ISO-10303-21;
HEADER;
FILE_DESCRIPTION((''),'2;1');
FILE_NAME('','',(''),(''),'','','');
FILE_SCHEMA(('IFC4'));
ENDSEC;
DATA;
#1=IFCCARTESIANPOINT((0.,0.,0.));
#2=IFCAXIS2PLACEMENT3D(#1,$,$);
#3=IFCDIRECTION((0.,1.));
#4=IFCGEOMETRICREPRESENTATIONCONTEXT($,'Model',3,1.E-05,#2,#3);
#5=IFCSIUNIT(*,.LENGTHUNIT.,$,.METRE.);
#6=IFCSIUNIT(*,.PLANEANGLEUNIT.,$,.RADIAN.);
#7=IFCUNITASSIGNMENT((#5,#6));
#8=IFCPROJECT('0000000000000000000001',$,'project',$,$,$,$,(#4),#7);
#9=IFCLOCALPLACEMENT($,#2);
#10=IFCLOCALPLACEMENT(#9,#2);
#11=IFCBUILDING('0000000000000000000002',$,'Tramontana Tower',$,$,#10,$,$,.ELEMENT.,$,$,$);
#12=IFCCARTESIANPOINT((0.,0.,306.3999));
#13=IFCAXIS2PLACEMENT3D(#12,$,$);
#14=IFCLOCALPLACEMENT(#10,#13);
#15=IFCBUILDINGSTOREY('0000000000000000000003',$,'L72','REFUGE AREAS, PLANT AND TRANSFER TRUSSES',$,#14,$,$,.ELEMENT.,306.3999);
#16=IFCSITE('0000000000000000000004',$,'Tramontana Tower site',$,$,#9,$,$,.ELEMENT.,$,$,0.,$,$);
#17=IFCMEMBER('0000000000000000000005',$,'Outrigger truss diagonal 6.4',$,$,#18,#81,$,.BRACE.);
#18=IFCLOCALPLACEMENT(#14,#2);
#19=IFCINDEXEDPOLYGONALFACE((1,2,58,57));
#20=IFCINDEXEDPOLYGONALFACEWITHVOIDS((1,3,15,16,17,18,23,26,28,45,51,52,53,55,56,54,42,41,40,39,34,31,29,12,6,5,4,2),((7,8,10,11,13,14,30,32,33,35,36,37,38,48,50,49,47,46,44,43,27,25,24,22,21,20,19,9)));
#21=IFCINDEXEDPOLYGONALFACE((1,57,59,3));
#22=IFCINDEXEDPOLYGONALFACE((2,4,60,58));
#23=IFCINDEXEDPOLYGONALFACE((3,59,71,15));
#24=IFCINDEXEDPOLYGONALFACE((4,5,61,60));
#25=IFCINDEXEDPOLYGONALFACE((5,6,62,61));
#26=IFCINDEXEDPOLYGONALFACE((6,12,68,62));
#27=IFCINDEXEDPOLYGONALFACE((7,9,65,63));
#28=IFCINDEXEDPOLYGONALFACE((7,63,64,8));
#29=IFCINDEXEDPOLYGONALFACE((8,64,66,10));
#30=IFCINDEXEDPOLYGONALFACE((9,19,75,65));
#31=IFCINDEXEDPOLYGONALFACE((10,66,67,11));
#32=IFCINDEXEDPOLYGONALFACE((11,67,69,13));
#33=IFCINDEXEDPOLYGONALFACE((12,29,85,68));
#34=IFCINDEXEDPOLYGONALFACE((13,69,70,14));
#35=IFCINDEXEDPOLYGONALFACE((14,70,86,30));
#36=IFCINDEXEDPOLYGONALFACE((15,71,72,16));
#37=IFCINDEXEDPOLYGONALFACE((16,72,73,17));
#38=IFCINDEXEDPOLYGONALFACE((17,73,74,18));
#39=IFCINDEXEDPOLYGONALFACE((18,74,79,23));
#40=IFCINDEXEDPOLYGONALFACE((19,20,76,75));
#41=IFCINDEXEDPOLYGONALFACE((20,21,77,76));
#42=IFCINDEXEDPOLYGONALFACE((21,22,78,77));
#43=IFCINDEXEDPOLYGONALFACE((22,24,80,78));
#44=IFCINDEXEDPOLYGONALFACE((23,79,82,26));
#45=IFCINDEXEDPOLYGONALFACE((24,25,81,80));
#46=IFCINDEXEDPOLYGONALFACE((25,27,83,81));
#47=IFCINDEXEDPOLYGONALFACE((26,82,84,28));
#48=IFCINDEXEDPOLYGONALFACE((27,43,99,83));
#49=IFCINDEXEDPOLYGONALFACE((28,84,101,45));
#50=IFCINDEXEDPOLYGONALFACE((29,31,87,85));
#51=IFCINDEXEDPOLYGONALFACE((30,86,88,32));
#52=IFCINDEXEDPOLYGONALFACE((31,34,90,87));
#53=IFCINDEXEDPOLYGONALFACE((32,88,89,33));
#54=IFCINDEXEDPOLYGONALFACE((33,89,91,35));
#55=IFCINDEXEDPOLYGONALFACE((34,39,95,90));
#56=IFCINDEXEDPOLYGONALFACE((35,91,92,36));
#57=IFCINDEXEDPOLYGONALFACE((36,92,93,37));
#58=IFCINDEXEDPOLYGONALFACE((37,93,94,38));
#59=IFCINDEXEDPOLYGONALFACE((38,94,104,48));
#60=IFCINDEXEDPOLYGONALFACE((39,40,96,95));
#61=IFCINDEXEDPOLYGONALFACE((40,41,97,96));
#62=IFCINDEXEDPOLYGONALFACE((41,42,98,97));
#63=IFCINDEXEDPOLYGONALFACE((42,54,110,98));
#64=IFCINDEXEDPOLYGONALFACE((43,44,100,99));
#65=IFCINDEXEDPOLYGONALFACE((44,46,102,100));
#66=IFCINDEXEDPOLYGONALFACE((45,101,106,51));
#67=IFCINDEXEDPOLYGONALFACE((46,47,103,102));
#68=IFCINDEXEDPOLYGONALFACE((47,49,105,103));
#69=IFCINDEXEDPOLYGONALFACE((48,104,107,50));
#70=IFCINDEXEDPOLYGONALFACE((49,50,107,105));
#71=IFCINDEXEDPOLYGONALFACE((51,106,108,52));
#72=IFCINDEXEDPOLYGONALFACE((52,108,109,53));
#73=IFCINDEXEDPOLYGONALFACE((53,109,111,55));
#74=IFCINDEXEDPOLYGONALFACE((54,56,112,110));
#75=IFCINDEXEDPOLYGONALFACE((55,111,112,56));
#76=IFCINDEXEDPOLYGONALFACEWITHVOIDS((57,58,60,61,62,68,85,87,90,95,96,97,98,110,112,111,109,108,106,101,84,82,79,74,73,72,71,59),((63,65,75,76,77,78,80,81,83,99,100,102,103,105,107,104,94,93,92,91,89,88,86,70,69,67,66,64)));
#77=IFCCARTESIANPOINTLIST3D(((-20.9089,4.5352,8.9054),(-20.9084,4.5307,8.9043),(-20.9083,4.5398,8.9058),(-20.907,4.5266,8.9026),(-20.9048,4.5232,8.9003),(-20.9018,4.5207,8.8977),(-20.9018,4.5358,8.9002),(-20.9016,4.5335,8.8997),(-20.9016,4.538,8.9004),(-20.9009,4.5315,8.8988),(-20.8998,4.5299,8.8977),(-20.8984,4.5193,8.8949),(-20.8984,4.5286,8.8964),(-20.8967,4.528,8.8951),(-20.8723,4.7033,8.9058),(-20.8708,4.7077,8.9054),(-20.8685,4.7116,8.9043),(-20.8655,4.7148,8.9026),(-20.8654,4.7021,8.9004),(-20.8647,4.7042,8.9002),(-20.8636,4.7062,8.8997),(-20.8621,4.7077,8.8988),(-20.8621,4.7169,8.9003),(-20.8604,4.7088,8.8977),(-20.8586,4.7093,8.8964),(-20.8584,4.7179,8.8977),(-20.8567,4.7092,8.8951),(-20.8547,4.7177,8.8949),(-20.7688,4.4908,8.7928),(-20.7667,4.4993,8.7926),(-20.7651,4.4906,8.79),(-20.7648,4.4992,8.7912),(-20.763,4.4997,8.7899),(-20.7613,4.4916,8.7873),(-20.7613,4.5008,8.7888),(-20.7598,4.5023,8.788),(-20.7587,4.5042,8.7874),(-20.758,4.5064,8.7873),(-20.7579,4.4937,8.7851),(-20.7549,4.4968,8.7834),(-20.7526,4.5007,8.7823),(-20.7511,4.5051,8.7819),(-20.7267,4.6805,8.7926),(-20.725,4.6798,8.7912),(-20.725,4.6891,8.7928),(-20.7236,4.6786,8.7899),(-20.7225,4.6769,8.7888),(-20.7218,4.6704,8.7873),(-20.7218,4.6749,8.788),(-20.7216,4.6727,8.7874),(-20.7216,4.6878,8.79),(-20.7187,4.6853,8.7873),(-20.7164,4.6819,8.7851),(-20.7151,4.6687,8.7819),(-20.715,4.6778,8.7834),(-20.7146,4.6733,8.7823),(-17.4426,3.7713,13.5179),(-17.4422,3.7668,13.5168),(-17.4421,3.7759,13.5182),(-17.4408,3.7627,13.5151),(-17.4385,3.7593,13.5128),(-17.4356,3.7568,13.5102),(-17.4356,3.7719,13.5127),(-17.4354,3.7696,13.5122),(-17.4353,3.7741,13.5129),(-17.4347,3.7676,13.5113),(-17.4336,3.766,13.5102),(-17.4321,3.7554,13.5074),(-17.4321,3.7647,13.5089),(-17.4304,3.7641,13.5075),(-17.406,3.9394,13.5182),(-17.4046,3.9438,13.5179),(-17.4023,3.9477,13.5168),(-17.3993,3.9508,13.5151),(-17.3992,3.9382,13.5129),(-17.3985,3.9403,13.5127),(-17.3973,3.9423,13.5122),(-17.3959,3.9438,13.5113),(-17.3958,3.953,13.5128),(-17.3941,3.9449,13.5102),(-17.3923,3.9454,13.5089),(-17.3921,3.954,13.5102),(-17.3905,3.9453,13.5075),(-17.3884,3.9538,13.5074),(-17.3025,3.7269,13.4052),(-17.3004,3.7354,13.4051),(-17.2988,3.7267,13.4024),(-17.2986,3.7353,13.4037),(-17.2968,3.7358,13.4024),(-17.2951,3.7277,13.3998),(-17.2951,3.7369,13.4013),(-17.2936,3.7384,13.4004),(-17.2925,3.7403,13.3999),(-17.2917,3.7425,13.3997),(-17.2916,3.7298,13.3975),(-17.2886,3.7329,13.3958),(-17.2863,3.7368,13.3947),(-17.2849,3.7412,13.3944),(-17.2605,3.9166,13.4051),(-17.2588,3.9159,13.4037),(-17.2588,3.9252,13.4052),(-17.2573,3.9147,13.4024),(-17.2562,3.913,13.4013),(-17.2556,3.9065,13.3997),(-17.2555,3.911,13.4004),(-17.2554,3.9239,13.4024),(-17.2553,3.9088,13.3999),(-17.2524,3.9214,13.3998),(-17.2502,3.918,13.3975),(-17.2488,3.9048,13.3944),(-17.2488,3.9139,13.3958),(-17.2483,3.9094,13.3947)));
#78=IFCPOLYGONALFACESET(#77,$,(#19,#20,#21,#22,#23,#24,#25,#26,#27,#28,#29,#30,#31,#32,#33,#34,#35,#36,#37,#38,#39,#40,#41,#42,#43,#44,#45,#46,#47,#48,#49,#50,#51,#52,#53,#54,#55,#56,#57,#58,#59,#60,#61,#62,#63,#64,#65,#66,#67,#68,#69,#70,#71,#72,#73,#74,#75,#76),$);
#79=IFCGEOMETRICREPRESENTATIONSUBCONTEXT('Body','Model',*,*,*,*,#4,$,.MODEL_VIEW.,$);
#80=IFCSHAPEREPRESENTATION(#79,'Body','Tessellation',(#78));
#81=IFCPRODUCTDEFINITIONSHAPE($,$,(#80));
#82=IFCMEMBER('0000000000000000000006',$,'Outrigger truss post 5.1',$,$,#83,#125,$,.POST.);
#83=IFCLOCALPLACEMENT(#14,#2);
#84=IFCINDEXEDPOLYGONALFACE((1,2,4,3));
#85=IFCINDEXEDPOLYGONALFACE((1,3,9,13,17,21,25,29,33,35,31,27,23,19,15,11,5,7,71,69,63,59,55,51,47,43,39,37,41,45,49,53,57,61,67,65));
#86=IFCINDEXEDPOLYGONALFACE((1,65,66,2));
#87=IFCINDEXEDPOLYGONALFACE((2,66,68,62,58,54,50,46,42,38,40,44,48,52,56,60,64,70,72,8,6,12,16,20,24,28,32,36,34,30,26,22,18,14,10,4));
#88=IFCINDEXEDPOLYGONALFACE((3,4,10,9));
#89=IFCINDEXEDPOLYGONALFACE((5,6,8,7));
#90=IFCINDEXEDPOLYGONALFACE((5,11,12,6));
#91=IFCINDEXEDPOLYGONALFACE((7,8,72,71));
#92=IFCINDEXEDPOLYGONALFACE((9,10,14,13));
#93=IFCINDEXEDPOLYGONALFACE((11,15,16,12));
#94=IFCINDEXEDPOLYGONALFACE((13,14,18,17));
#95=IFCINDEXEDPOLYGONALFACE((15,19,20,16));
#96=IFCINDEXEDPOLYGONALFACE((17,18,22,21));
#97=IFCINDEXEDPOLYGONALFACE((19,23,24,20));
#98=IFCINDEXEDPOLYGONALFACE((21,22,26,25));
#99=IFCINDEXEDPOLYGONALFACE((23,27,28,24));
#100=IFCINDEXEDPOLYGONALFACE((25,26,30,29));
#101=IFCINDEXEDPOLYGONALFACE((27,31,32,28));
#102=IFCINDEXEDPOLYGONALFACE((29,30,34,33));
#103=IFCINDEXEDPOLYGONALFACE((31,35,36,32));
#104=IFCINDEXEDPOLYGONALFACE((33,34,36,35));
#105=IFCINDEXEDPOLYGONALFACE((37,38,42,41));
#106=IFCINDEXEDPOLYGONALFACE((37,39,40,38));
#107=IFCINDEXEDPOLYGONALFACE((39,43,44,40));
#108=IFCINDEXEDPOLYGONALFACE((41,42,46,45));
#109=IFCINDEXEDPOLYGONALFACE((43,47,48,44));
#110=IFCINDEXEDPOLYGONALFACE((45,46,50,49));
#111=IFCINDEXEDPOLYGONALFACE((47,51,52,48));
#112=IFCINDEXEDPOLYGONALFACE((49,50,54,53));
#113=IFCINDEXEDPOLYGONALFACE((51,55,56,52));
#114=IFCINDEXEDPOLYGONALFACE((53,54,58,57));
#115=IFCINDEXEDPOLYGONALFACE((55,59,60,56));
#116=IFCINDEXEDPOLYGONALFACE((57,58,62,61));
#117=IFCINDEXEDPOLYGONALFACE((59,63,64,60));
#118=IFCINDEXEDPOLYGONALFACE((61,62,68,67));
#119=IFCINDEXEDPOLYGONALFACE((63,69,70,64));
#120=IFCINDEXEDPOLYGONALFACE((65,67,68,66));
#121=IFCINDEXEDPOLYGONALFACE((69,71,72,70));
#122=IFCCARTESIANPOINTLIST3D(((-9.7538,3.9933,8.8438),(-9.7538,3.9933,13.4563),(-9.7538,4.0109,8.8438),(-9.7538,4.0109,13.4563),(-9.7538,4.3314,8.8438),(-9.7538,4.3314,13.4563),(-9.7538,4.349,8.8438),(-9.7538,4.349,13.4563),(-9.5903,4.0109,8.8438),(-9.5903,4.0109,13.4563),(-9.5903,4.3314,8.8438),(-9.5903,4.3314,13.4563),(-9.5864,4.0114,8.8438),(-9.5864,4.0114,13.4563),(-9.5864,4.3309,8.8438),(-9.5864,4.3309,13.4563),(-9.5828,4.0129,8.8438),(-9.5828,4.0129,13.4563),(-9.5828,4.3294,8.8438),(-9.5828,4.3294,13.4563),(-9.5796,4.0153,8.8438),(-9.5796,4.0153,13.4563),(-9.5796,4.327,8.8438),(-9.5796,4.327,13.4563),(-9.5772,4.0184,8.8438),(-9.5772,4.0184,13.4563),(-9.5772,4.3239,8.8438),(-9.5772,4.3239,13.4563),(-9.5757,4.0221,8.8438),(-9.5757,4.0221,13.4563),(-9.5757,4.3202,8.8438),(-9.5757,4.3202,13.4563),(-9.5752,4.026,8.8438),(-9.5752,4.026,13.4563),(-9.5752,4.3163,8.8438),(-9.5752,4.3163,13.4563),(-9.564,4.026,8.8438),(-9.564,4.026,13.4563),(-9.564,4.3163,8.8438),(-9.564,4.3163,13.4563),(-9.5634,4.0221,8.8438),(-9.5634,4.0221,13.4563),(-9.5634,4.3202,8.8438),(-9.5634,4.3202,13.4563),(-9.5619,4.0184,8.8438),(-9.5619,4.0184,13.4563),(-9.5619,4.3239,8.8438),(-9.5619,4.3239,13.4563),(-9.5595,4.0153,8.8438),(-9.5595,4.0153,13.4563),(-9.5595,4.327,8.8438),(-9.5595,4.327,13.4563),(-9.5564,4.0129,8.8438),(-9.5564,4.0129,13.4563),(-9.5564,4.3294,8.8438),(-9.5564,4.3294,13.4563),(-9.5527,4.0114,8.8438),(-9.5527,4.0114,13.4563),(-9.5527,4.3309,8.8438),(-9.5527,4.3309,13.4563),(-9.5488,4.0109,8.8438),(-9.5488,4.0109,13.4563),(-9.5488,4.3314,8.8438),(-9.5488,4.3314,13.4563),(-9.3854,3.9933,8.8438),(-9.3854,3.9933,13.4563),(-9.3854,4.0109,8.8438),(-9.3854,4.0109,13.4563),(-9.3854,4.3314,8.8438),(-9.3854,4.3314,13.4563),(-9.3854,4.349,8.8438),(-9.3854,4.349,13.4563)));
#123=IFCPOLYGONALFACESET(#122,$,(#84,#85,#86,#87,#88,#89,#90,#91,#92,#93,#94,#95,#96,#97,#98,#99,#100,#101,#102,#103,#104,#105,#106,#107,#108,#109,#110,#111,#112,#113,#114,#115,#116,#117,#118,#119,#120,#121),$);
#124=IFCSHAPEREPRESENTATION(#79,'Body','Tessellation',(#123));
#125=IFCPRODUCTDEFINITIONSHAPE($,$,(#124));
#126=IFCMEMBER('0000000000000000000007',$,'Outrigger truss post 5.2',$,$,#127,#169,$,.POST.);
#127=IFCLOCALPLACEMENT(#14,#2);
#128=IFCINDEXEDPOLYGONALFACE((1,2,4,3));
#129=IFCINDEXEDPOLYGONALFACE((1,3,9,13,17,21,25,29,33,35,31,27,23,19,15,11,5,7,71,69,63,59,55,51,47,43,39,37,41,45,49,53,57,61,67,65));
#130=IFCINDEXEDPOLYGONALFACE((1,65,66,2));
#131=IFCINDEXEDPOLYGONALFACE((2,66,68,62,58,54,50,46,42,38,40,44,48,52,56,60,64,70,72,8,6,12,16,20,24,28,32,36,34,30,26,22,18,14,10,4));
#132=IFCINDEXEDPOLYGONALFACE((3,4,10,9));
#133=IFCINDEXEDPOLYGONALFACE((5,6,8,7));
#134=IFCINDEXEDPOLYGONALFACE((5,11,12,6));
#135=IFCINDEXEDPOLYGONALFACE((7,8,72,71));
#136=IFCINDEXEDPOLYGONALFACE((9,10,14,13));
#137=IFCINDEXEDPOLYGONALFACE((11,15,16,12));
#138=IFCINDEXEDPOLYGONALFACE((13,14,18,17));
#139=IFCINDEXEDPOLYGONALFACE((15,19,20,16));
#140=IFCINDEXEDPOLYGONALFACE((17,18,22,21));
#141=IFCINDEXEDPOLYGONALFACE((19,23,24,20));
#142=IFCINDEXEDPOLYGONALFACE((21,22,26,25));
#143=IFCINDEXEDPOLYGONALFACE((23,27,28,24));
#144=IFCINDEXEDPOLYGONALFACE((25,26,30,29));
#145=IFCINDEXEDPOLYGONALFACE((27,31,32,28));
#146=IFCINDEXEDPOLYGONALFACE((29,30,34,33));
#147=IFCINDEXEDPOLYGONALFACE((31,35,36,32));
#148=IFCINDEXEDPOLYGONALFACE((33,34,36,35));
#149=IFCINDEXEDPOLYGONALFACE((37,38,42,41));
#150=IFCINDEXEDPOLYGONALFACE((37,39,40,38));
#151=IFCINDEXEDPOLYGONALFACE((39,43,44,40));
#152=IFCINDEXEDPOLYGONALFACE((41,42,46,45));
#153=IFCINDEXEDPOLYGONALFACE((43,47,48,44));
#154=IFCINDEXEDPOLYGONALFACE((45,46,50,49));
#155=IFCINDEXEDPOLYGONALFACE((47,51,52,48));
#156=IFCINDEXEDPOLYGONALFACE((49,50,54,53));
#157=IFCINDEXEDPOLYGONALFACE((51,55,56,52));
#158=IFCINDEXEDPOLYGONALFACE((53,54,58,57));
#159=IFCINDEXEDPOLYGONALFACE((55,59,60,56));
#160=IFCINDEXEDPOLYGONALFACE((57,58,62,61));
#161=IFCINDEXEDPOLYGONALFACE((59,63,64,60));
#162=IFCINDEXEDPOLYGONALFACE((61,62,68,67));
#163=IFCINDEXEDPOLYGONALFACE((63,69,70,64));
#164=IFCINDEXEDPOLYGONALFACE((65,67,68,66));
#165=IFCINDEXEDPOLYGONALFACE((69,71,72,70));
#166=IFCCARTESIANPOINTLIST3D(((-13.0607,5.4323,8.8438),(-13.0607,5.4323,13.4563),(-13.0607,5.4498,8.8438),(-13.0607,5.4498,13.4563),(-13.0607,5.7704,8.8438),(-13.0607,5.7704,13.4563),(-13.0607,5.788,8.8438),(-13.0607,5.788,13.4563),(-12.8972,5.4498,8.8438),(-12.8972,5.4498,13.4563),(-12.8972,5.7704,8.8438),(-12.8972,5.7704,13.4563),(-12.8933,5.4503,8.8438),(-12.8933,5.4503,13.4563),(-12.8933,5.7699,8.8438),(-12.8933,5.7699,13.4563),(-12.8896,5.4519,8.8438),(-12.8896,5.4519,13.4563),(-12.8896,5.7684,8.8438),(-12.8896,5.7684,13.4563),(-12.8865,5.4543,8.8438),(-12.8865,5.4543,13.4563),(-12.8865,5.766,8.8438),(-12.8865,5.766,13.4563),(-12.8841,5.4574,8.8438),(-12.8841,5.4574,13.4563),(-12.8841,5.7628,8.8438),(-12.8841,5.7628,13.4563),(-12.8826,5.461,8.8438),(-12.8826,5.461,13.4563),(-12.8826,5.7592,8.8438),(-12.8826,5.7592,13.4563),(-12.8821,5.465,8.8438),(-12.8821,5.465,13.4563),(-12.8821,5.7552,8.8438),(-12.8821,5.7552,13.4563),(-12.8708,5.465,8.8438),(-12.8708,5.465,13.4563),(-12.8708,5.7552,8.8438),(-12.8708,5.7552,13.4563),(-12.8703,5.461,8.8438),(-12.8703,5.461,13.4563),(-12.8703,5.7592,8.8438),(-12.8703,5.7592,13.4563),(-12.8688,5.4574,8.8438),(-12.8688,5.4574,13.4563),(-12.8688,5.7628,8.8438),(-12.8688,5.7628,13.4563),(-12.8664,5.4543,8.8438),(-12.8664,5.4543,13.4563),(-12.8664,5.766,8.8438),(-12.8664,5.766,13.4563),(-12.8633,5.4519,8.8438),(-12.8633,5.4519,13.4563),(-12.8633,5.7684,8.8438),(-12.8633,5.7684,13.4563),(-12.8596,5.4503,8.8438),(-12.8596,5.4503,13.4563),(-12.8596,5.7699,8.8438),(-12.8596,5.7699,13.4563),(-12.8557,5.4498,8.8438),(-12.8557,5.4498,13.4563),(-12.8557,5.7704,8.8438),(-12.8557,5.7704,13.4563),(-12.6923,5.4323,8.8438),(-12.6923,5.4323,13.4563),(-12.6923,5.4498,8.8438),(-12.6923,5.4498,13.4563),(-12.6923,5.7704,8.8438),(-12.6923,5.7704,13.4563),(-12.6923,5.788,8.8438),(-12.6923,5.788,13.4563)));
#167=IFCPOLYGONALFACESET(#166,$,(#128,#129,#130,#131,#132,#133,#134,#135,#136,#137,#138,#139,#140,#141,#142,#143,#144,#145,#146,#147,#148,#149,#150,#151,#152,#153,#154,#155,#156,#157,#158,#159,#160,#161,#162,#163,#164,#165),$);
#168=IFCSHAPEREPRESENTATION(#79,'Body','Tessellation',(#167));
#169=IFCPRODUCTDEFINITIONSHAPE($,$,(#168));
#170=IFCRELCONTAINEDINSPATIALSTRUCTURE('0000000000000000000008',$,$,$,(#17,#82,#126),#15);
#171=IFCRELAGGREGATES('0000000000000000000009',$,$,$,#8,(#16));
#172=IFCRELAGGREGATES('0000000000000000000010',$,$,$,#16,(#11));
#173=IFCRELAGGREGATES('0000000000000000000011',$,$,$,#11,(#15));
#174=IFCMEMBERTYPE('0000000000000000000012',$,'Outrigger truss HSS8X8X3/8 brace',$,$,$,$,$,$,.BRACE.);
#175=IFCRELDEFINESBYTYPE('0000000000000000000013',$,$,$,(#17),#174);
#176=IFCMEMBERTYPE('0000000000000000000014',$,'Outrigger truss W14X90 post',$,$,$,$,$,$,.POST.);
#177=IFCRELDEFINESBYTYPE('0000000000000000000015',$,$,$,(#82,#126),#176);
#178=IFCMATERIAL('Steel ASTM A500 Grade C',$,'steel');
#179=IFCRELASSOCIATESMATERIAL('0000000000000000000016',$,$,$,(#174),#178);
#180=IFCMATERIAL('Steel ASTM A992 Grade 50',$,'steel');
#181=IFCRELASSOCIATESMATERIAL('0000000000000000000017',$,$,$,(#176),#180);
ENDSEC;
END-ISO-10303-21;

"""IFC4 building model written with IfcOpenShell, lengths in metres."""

from ifc_helpers import new_model, si_unit, direction, frame, origin, origin_2d, place, context, subcontext, project, spatial, hollow_rectangle, i_section, extrude, material, material_profile, profile_set, type_object, element, save


model = new_model("IFC4")

# Units and contexts
model_context = context("Model", 3, precision=1e-05, world=origin(), true_north=direction((0.0, 1.0)))
body_context = subcontext(model_context, "Body", "Model", "MODEL_VIEW")
ifc_project = project(units=[si_unit("LENGTHUNIT", "METRE"), si_unit("PLANEANGLEUNIT", "RADIAN")], contexts=[model_context])

# Site, building, storey
site_placement = place(None, origin())
site = spatial("IfcSite", under=ifc_project, at=site_placement, Name="Tramontana Tower site", CompositionType="ELEMENT", RefElevation=0.0)
building_placement = place(site_placement, origin())
building = spatial("IfcBuilding", under=site, at=building_placement, Name="Tramontana Tower", CompositionType="ELEMENT")
storey_placement = place(building_placement, frame((0.0, 0.0, 306.3999)))
storey = spatial("IfcBuildingStorey", under=building, at=storey_placement, Name="L72", Description="REFUGE AREAS, PLANT AND TRANSFER TRUSSES", CompositionType="ELEMENT", Elevation=306.3999)

# Members
ifc_material_1 = material(Name="Steel ASTM A500 Grade C", Category="steel")
ifc_material_profile_1 = material_profile(ifc_material_1, hollow_rectangle(XDim=0.2031, YDim=0.2031, WallThickness=0.0088, InnerFilletRadius=0.0088, OuterFilletRadius=0.0178, at=origin_2d()), Name="HSS8X8X3/8")
ifc_profile_set_1 = profile_set([ifc_material_profile_1], Name="Steel ASTM A500 Grade C")
member_type_1 = type_object("IfcMemberType", Name="Outrigger truss HSS8X8X3/8 brace", PredefinedType="BRACE", material=ifc_profile_set_1)
for number, where, z_axis, x_axis, name in (
    (1, (-17.3455, 3.8403, 13.4563), (-0.595567, 0.131253, -0.79251), (-0.215219, -0.976566, 0.0), "Outrigger truss diagonal 6.4"),
):
    element("IfcMember", number, at=place(storey_placement, frame(where, z_axis=z_axis, x_axis=x_axis)), inside=storey, type_object=member_type_1, Name=name, PredefinedType="BRACE", context=body_context, shape_type="SweptSolid", body=[
        extrude(hollow_rectangle(XDim=0.2031, YDim=0.2031, WallThickness=0.0088, InnerFilletRadius=0.0088, OuterFilletRadius=0.0178, at=origin_2d()), origin(), (0.0, 0.0, 1.0), 5.8201),
    ])
ifc_material_2 = material(Name="Steel ASTM A992 Grade 50", Category="steel")
ifc_material_profile_2 = material_profile(ifc_material_2, i_section(OverallWidth=0.3684, OverallDepth=0.3557, WebThickness=0.0112, FlangeThickness=0.0176, FilletRadius=0.0151, at=origin_2d()), Name="W14X90")
ifc_profile_set_2 = profile_set([ifc_material_profile_2], Name="Steel ASTM A992 Grade 50")
member_type_2 = type_object("IfcMemberType", Name="Outrigger truss W14X90 post", PredefinedType="POST", material=ifc_profile_set_2)
for number, where, z_axis, x_axis, name in (
    (2, (-9.5696, 4.1711, 8.8438), (0.0, 0.0, 1.0), (1.0, 0.0, 0.0), "Outrigger truss post 5.1"),
    (3, (-12.8765, 5.6101, 8.8438), (0.0, 0.0, 1.0), (1.0, 0.0, 0.0), "Outrigger truss post 5.2"),
):
    element("IfcMember", number, at=place(storey_placement, frame(where, z_axis=z_axis, x_axis=x_axis)), inside=storey, type_object=member_type_2, Name=name, PredefinedType="POST", context=body_context, shape_type="SweptSolid", body=[
        extrude(i_section(OverallWidth=0.3684, OverallDepth=0.3557, WebThickness=0.0112, FlangeThickness=0.0176, FilletRadius=0.0151, at=origin_2d()), origin(), (0.0, 0.0, 1.0), 4.6125),
    ])

save(model, "model.ifc")
